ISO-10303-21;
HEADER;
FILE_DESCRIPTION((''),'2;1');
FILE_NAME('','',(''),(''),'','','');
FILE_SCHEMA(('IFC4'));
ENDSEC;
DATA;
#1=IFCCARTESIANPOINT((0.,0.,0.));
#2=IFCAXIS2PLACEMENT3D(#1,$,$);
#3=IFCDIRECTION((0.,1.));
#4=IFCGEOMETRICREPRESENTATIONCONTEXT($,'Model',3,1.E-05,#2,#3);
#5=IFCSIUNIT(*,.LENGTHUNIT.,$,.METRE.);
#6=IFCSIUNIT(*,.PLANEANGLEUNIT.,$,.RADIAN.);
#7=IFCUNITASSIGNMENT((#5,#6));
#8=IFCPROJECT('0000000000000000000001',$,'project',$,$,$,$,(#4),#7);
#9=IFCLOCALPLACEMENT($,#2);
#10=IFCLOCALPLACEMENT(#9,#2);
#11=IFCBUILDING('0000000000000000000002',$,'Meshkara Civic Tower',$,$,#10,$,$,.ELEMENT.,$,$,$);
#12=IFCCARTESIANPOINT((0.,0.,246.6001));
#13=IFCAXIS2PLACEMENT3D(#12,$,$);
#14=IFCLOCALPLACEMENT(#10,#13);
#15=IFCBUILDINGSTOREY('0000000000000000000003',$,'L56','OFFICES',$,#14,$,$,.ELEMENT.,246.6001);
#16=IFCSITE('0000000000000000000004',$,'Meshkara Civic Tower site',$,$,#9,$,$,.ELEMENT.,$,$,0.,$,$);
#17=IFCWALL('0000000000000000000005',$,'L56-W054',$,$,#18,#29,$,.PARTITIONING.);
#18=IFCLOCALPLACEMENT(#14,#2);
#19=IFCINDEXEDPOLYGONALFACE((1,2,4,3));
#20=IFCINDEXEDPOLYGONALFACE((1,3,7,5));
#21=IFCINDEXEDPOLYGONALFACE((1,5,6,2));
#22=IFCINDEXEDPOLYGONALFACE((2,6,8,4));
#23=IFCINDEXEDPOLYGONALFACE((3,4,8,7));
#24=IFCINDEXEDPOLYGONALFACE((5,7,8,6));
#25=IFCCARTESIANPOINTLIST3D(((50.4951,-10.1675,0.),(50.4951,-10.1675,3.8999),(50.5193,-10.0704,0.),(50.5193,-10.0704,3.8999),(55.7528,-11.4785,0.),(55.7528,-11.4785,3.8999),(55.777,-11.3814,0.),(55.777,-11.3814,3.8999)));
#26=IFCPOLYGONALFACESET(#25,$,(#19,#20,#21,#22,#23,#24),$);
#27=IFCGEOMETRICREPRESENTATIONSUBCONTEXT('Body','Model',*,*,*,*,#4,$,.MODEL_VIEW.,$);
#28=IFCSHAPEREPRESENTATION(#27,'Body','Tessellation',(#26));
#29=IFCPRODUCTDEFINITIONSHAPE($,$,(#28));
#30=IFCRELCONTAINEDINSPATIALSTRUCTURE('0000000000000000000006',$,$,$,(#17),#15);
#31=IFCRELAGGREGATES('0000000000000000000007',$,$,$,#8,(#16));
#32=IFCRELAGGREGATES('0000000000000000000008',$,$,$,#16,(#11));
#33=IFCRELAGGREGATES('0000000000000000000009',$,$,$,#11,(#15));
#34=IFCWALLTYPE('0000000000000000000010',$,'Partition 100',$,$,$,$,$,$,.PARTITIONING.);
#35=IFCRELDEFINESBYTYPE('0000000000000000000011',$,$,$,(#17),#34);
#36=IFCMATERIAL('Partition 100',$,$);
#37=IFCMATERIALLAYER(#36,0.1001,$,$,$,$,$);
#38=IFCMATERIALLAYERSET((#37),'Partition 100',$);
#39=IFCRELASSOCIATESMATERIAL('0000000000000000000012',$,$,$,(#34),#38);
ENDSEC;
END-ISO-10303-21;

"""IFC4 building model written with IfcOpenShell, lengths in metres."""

from ifc_helpers import new_model, si_unit, direction, frame, frame_2d, origin, place, context, subcontext, project, spatial, rectangle, extrude, material, layer, layer_set, type_object, element, save


model = new_model("IFC4")

# Units and contexts
model_context = context("Model", 3, precision=1e-05, world=origin(), true_north=direction((0.0, 1.0)))
body_context = subcontext(model_context, "Body", "Model", "MODEL_VIEW")
ifc_project = project(units=[si_unit("LENGTHUNIT", "METRE"), si_unit("PLANEANGLEUNIT", "RADIAN")], contexts=[model_context])

# Site, building, storey
site_placement = place(None, origin())
site = spatial("IfcSite", under=ifc_project, at=site_placement, Name="Meshkara Civic Tower site", CompositionType="ELEMENT", RefElevation=0.0)
building_placement = place(site_placement, origin())
building = spatial("IfcBuilding", under=site, at=building_placement, Name="Meshkara Civic Tower", CompositionType="ELEMENT")
storey_placement = place(building_placement, frame((0.0, 0.0, 246.6001)))
storey = spatial("IfcBuildingStorey", under=building, at=storey_placement, Name="L56", Description="OFFICES", CompositionType="ELEMENT", Elevation=246.6001)

# Wall
ifc_material_1 = material(Name="Partition 100")
ifc_layer_1 = layer(ifc_material_1, 0.1001)
ifc_layer_set_1 = layer_set([ifc_layer_1], Name="Partition 100")
wall_type_1 = type_object("IfcWallType", Name="Partition 100", PredefinedType="PARTITIONING", material=ifc_layer_set_1)
wall_1_placement = place(storey_placement, frame((50.5071, -10.1189, 0.0), z_axis=(0.0, 0.0, 1.0), x_axis=(0.970291, -0.241942, 0.0)))
element("IfcWall", 1, at=wall_1_placement, inside=storey, type_object=wall_type_1, Name="L56-W054", PredefinedType="PARTITIONING", context=body_context, shape_type="SweptSolid", body=[
    extrude(rectangle(XDim=5.4187, YDim=0.1001, at=frame_2d((2.7095, 0.0))), origin(), (0.0, 0.0, 1.0), 3.8999),
])

save(model, "model.ifc")
